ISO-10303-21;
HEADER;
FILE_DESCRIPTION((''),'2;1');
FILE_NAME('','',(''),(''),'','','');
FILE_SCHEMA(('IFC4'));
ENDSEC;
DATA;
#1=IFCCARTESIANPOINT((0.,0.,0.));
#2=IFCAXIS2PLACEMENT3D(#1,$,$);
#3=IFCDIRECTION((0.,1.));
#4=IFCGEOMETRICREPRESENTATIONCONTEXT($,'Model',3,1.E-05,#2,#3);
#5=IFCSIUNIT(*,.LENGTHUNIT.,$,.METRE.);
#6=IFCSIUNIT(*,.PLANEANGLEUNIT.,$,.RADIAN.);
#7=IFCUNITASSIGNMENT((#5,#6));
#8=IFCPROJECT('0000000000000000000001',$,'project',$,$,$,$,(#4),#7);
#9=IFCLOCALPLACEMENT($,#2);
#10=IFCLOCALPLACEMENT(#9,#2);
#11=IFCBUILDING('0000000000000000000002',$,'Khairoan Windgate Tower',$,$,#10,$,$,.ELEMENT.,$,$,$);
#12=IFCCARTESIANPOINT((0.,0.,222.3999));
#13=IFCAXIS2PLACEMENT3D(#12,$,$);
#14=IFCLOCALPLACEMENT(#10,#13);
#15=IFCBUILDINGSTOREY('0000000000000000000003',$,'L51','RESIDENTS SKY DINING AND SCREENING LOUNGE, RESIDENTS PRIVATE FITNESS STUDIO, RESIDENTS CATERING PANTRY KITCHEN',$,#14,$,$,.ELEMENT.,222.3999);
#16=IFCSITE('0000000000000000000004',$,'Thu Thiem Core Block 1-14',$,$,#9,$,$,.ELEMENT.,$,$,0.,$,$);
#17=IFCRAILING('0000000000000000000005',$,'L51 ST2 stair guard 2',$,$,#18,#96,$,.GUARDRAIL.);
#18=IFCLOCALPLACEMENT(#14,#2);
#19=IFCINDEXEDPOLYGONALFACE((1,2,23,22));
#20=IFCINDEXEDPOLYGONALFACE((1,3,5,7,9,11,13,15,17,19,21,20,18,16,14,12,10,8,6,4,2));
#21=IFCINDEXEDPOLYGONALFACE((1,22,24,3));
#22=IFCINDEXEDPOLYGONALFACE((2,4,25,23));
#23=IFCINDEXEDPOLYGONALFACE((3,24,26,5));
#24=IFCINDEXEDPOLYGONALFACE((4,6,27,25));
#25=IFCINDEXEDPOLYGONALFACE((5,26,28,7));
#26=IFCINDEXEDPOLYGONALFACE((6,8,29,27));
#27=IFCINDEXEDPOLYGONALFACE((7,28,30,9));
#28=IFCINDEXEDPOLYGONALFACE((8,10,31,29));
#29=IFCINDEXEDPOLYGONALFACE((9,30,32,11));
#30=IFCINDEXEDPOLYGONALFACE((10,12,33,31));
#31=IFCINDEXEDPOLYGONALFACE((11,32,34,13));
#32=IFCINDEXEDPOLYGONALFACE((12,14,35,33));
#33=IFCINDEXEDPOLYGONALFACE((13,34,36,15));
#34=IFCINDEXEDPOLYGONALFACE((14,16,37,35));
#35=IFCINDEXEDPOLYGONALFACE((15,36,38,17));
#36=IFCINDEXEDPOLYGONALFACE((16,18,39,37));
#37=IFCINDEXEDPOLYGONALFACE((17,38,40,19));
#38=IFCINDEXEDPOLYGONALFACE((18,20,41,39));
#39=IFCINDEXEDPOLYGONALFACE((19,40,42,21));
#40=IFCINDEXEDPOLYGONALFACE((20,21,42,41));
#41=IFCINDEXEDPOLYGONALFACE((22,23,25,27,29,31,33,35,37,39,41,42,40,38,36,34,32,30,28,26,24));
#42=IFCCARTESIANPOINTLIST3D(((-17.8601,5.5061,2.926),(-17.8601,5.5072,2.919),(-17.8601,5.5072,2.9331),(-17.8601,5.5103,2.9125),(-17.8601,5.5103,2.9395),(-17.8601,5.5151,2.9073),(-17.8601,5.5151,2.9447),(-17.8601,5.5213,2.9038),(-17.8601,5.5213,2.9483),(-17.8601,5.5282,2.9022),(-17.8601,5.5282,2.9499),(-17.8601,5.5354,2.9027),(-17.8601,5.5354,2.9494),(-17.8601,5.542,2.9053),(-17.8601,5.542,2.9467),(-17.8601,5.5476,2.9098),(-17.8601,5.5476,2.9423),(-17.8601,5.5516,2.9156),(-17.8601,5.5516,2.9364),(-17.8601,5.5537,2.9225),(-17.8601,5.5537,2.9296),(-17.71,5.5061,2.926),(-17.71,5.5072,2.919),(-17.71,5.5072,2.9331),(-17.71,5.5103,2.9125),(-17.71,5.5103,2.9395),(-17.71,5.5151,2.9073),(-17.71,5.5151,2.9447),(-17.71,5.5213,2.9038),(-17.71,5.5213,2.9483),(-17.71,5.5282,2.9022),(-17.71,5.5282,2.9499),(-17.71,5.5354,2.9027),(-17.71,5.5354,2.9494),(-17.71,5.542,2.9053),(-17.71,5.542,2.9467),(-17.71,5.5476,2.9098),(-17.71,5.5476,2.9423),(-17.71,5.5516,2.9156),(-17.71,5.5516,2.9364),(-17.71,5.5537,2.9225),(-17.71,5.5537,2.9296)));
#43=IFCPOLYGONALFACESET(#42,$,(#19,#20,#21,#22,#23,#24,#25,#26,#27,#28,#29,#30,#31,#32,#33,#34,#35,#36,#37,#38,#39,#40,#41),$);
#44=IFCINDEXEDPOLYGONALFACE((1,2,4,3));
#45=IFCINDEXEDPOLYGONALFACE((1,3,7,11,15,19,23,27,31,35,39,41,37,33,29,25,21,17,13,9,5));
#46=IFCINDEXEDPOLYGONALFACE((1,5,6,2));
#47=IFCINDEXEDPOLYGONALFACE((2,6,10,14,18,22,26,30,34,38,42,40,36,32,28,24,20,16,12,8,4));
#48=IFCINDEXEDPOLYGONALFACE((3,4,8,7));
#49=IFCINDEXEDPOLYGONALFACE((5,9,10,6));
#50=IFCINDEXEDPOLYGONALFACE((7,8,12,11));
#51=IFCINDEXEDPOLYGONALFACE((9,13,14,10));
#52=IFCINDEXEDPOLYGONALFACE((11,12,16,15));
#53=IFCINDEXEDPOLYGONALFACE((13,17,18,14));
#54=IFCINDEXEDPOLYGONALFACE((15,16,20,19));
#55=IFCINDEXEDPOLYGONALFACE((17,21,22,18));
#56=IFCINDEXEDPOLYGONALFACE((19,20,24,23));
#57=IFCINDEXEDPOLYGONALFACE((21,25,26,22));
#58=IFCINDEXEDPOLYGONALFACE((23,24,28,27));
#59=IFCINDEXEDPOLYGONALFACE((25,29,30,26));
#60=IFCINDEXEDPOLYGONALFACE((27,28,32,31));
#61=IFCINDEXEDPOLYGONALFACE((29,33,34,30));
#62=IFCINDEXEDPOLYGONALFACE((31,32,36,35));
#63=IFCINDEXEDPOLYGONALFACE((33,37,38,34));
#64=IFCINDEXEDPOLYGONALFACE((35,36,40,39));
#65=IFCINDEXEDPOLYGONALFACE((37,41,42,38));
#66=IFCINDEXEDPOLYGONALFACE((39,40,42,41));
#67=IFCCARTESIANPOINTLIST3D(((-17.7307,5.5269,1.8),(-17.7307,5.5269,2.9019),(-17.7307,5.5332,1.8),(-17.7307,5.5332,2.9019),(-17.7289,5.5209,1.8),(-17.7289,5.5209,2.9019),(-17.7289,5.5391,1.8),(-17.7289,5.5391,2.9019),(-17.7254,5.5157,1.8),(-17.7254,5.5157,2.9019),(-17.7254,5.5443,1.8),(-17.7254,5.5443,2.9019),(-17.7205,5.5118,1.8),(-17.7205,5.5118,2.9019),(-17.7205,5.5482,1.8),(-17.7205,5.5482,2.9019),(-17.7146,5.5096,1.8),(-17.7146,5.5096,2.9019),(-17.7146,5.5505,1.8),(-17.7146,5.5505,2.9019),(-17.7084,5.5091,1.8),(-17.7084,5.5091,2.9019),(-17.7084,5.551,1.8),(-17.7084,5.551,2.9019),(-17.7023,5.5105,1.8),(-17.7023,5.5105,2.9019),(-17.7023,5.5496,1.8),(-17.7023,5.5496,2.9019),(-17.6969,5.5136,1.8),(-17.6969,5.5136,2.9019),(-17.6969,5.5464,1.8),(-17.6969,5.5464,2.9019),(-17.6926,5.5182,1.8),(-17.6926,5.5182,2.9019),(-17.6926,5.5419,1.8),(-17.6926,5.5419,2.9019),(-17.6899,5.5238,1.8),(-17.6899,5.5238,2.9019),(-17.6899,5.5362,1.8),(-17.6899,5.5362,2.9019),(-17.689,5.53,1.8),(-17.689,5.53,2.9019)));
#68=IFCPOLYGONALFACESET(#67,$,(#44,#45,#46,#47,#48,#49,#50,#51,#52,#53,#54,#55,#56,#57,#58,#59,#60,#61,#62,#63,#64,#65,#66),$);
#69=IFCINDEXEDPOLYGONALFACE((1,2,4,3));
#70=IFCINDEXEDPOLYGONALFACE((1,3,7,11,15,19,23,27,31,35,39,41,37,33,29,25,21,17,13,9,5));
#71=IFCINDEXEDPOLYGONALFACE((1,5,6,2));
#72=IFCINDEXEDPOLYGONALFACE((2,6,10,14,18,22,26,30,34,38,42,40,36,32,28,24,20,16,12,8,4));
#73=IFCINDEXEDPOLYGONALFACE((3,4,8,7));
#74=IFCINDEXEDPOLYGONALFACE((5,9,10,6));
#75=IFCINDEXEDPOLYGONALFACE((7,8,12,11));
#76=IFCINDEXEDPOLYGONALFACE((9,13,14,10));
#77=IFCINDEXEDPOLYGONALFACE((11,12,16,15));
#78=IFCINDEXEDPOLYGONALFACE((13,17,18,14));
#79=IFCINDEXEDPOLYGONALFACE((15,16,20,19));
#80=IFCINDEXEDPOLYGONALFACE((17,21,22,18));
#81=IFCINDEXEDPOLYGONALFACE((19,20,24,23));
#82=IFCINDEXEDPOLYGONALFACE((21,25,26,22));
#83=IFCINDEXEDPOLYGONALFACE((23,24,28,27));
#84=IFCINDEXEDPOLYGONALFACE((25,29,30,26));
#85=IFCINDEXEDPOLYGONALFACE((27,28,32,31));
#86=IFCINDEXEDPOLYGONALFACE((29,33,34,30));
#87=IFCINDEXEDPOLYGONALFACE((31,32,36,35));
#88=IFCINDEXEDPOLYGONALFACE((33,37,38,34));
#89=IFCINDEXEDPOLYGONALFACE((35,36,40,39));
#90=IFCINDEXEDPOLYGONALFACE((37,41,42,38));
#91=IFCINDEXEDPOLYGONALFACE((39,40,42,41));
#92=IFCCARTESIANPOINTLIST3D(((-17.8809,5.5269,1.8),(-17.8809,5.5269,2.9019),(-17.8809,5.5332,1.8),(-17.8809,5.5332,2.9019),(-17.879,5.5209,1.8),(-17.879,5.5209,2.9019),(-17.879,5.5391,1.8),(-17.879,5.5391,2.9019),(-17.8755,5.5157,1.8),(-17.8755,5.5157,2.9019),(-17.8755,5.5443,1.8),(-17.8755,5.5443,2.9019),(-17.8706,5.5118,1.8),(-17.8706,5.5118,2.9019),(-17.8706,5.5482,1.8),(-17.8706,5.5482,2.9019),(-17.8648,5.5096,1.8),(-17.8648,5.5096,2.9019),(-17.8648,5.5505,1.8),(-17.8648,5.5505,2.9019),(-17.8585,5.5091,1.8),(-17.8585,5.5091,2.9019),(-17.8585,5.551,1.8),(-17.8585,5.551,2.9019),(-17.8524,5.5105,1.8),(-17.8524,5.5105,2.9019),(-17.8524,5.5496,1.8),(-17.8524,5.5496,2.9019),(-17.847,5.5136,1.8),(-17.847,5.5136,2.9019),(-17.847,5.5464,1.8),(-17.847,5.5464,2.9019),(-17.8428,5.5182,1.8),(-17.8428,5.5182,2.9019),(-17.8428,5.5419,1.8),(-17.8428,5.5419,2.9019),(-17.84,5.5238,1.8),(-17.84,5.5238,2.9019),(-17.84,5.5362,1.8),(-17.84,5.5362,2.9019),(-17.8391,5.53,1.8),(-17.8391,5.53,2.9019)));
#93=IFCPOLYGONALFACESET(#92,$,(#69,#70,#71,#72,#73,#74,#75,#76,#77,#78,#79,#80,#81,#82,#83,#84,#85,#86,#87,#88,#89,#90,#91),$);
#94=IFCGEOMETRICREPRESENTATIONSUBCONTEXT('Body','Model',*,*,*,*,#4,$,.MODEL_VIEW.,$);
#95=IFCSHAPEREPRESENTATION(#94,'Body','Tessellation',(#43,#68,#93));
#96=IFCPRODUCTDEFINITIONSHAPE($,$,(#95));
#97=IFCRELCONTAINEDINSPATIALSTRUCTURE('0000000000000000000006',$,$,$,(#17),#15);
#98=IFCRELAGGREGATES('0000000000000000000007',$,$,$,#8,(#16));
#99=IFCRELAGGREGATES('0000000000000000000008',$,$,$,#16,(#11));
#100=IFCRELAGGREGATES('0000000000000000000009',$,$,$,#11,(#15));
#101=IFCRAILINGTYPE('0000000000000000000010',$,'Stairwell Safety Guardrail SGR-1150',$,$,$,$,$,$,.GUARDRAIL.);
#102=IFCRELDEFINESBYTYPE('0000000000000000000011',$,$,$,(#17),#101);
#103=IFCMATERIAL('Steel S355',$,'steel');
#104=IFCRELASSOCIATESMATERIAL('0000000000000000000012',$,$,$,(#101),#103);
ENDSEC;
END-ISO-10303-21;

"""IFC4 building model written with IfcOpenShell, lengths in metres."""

from ifc_helpers import new_model, si_unit, direction, frame, origin, origin_2d, place, context, subcontext, project, spatial, circle, extrude, material, type_object, element, save


model = new_model("IFC4")

# Units and contexts
model_context = context("Model", 3, precision=1e-05, world=origin(), true_north=direction((0.0, 1.0)))
body_context = subcontext(model_context, "Body", "Model", "MODEL_VIEW")
ifc_project = project(units=[si_unit("LENGTHUNIT", "METRE"), si_unit("PLANEANGLEUNIT", "RADIAN")], contexts=[model_context])

# Site, building, storey
site_placement = place(None, origin())
site = spatial("IfcSite", under=ifc_project, at=site_placement, Name="Thu Thiem Core Block 1-14", CompositionType="ELEMENT", RefElevation=0.0)
building_placement = place(site_placement, origin())
building = spatial("IfcBuilding", under=site, at=building_placement, Name="Khairoan Windgate Tower", CompositionType="ELEMENT")
storey_placement = place(building_placement, frame((0.0, 0.0, 222.3999)))
storey = spatial("IfcBuildingStorey", under=building, at=storey_placement, Name="L51", Description="RESIDENTS SKY DINING AND SCREENING LOUNGE, RESIDENTS PRIVATE FITNESS STUDIO, RESIDENTS CATERING PANTRY KITCHEN", CompositionType="ELEMENT", Elevation=222.3999)

# Railing
ifc_material_1 = material(Name="Steel S355", Category="steel")
railing_type_1 = type_object("IfcRailingType", Name="Stairwell Safety Guardrail SGR-1150", PredefinedType="GUARDRAIL", material=ifc_material_1)
railing_1_placement = place(storey_placement, frame((-17.71, 5.53, 1.8)))
element("IfcRailing", 1, at=railing_1_placement, inside=storey, type_object=railing_type_1, Name="L51 ST2 stair guard 2", PredefinedType="GUARDRAIL", context=body_context, shape_type="SweptSolid", body=[
    extrude(circle(Radius=0.0239, at=origin_2d()), frame((0.0, 0.0, 1.126), z_axis=(-1.0, 0.0, 0.0), x_axis=(0.0, -1.0, 0.0)), (0.0, 0.0, 1.0), 0.1501),
    extrude(circle(Radius=0.021, at=origin_2d()), origin(), (0.0, 0.0, 1.0), 1.1018),
    extrude(circle(Radius=0.021, at=origin_2d()), frame((-0.1501, 0.0, 0.0)), (0.0, 0.0, 1.0), 1.1018),
])

save(model, "model.ifc")
